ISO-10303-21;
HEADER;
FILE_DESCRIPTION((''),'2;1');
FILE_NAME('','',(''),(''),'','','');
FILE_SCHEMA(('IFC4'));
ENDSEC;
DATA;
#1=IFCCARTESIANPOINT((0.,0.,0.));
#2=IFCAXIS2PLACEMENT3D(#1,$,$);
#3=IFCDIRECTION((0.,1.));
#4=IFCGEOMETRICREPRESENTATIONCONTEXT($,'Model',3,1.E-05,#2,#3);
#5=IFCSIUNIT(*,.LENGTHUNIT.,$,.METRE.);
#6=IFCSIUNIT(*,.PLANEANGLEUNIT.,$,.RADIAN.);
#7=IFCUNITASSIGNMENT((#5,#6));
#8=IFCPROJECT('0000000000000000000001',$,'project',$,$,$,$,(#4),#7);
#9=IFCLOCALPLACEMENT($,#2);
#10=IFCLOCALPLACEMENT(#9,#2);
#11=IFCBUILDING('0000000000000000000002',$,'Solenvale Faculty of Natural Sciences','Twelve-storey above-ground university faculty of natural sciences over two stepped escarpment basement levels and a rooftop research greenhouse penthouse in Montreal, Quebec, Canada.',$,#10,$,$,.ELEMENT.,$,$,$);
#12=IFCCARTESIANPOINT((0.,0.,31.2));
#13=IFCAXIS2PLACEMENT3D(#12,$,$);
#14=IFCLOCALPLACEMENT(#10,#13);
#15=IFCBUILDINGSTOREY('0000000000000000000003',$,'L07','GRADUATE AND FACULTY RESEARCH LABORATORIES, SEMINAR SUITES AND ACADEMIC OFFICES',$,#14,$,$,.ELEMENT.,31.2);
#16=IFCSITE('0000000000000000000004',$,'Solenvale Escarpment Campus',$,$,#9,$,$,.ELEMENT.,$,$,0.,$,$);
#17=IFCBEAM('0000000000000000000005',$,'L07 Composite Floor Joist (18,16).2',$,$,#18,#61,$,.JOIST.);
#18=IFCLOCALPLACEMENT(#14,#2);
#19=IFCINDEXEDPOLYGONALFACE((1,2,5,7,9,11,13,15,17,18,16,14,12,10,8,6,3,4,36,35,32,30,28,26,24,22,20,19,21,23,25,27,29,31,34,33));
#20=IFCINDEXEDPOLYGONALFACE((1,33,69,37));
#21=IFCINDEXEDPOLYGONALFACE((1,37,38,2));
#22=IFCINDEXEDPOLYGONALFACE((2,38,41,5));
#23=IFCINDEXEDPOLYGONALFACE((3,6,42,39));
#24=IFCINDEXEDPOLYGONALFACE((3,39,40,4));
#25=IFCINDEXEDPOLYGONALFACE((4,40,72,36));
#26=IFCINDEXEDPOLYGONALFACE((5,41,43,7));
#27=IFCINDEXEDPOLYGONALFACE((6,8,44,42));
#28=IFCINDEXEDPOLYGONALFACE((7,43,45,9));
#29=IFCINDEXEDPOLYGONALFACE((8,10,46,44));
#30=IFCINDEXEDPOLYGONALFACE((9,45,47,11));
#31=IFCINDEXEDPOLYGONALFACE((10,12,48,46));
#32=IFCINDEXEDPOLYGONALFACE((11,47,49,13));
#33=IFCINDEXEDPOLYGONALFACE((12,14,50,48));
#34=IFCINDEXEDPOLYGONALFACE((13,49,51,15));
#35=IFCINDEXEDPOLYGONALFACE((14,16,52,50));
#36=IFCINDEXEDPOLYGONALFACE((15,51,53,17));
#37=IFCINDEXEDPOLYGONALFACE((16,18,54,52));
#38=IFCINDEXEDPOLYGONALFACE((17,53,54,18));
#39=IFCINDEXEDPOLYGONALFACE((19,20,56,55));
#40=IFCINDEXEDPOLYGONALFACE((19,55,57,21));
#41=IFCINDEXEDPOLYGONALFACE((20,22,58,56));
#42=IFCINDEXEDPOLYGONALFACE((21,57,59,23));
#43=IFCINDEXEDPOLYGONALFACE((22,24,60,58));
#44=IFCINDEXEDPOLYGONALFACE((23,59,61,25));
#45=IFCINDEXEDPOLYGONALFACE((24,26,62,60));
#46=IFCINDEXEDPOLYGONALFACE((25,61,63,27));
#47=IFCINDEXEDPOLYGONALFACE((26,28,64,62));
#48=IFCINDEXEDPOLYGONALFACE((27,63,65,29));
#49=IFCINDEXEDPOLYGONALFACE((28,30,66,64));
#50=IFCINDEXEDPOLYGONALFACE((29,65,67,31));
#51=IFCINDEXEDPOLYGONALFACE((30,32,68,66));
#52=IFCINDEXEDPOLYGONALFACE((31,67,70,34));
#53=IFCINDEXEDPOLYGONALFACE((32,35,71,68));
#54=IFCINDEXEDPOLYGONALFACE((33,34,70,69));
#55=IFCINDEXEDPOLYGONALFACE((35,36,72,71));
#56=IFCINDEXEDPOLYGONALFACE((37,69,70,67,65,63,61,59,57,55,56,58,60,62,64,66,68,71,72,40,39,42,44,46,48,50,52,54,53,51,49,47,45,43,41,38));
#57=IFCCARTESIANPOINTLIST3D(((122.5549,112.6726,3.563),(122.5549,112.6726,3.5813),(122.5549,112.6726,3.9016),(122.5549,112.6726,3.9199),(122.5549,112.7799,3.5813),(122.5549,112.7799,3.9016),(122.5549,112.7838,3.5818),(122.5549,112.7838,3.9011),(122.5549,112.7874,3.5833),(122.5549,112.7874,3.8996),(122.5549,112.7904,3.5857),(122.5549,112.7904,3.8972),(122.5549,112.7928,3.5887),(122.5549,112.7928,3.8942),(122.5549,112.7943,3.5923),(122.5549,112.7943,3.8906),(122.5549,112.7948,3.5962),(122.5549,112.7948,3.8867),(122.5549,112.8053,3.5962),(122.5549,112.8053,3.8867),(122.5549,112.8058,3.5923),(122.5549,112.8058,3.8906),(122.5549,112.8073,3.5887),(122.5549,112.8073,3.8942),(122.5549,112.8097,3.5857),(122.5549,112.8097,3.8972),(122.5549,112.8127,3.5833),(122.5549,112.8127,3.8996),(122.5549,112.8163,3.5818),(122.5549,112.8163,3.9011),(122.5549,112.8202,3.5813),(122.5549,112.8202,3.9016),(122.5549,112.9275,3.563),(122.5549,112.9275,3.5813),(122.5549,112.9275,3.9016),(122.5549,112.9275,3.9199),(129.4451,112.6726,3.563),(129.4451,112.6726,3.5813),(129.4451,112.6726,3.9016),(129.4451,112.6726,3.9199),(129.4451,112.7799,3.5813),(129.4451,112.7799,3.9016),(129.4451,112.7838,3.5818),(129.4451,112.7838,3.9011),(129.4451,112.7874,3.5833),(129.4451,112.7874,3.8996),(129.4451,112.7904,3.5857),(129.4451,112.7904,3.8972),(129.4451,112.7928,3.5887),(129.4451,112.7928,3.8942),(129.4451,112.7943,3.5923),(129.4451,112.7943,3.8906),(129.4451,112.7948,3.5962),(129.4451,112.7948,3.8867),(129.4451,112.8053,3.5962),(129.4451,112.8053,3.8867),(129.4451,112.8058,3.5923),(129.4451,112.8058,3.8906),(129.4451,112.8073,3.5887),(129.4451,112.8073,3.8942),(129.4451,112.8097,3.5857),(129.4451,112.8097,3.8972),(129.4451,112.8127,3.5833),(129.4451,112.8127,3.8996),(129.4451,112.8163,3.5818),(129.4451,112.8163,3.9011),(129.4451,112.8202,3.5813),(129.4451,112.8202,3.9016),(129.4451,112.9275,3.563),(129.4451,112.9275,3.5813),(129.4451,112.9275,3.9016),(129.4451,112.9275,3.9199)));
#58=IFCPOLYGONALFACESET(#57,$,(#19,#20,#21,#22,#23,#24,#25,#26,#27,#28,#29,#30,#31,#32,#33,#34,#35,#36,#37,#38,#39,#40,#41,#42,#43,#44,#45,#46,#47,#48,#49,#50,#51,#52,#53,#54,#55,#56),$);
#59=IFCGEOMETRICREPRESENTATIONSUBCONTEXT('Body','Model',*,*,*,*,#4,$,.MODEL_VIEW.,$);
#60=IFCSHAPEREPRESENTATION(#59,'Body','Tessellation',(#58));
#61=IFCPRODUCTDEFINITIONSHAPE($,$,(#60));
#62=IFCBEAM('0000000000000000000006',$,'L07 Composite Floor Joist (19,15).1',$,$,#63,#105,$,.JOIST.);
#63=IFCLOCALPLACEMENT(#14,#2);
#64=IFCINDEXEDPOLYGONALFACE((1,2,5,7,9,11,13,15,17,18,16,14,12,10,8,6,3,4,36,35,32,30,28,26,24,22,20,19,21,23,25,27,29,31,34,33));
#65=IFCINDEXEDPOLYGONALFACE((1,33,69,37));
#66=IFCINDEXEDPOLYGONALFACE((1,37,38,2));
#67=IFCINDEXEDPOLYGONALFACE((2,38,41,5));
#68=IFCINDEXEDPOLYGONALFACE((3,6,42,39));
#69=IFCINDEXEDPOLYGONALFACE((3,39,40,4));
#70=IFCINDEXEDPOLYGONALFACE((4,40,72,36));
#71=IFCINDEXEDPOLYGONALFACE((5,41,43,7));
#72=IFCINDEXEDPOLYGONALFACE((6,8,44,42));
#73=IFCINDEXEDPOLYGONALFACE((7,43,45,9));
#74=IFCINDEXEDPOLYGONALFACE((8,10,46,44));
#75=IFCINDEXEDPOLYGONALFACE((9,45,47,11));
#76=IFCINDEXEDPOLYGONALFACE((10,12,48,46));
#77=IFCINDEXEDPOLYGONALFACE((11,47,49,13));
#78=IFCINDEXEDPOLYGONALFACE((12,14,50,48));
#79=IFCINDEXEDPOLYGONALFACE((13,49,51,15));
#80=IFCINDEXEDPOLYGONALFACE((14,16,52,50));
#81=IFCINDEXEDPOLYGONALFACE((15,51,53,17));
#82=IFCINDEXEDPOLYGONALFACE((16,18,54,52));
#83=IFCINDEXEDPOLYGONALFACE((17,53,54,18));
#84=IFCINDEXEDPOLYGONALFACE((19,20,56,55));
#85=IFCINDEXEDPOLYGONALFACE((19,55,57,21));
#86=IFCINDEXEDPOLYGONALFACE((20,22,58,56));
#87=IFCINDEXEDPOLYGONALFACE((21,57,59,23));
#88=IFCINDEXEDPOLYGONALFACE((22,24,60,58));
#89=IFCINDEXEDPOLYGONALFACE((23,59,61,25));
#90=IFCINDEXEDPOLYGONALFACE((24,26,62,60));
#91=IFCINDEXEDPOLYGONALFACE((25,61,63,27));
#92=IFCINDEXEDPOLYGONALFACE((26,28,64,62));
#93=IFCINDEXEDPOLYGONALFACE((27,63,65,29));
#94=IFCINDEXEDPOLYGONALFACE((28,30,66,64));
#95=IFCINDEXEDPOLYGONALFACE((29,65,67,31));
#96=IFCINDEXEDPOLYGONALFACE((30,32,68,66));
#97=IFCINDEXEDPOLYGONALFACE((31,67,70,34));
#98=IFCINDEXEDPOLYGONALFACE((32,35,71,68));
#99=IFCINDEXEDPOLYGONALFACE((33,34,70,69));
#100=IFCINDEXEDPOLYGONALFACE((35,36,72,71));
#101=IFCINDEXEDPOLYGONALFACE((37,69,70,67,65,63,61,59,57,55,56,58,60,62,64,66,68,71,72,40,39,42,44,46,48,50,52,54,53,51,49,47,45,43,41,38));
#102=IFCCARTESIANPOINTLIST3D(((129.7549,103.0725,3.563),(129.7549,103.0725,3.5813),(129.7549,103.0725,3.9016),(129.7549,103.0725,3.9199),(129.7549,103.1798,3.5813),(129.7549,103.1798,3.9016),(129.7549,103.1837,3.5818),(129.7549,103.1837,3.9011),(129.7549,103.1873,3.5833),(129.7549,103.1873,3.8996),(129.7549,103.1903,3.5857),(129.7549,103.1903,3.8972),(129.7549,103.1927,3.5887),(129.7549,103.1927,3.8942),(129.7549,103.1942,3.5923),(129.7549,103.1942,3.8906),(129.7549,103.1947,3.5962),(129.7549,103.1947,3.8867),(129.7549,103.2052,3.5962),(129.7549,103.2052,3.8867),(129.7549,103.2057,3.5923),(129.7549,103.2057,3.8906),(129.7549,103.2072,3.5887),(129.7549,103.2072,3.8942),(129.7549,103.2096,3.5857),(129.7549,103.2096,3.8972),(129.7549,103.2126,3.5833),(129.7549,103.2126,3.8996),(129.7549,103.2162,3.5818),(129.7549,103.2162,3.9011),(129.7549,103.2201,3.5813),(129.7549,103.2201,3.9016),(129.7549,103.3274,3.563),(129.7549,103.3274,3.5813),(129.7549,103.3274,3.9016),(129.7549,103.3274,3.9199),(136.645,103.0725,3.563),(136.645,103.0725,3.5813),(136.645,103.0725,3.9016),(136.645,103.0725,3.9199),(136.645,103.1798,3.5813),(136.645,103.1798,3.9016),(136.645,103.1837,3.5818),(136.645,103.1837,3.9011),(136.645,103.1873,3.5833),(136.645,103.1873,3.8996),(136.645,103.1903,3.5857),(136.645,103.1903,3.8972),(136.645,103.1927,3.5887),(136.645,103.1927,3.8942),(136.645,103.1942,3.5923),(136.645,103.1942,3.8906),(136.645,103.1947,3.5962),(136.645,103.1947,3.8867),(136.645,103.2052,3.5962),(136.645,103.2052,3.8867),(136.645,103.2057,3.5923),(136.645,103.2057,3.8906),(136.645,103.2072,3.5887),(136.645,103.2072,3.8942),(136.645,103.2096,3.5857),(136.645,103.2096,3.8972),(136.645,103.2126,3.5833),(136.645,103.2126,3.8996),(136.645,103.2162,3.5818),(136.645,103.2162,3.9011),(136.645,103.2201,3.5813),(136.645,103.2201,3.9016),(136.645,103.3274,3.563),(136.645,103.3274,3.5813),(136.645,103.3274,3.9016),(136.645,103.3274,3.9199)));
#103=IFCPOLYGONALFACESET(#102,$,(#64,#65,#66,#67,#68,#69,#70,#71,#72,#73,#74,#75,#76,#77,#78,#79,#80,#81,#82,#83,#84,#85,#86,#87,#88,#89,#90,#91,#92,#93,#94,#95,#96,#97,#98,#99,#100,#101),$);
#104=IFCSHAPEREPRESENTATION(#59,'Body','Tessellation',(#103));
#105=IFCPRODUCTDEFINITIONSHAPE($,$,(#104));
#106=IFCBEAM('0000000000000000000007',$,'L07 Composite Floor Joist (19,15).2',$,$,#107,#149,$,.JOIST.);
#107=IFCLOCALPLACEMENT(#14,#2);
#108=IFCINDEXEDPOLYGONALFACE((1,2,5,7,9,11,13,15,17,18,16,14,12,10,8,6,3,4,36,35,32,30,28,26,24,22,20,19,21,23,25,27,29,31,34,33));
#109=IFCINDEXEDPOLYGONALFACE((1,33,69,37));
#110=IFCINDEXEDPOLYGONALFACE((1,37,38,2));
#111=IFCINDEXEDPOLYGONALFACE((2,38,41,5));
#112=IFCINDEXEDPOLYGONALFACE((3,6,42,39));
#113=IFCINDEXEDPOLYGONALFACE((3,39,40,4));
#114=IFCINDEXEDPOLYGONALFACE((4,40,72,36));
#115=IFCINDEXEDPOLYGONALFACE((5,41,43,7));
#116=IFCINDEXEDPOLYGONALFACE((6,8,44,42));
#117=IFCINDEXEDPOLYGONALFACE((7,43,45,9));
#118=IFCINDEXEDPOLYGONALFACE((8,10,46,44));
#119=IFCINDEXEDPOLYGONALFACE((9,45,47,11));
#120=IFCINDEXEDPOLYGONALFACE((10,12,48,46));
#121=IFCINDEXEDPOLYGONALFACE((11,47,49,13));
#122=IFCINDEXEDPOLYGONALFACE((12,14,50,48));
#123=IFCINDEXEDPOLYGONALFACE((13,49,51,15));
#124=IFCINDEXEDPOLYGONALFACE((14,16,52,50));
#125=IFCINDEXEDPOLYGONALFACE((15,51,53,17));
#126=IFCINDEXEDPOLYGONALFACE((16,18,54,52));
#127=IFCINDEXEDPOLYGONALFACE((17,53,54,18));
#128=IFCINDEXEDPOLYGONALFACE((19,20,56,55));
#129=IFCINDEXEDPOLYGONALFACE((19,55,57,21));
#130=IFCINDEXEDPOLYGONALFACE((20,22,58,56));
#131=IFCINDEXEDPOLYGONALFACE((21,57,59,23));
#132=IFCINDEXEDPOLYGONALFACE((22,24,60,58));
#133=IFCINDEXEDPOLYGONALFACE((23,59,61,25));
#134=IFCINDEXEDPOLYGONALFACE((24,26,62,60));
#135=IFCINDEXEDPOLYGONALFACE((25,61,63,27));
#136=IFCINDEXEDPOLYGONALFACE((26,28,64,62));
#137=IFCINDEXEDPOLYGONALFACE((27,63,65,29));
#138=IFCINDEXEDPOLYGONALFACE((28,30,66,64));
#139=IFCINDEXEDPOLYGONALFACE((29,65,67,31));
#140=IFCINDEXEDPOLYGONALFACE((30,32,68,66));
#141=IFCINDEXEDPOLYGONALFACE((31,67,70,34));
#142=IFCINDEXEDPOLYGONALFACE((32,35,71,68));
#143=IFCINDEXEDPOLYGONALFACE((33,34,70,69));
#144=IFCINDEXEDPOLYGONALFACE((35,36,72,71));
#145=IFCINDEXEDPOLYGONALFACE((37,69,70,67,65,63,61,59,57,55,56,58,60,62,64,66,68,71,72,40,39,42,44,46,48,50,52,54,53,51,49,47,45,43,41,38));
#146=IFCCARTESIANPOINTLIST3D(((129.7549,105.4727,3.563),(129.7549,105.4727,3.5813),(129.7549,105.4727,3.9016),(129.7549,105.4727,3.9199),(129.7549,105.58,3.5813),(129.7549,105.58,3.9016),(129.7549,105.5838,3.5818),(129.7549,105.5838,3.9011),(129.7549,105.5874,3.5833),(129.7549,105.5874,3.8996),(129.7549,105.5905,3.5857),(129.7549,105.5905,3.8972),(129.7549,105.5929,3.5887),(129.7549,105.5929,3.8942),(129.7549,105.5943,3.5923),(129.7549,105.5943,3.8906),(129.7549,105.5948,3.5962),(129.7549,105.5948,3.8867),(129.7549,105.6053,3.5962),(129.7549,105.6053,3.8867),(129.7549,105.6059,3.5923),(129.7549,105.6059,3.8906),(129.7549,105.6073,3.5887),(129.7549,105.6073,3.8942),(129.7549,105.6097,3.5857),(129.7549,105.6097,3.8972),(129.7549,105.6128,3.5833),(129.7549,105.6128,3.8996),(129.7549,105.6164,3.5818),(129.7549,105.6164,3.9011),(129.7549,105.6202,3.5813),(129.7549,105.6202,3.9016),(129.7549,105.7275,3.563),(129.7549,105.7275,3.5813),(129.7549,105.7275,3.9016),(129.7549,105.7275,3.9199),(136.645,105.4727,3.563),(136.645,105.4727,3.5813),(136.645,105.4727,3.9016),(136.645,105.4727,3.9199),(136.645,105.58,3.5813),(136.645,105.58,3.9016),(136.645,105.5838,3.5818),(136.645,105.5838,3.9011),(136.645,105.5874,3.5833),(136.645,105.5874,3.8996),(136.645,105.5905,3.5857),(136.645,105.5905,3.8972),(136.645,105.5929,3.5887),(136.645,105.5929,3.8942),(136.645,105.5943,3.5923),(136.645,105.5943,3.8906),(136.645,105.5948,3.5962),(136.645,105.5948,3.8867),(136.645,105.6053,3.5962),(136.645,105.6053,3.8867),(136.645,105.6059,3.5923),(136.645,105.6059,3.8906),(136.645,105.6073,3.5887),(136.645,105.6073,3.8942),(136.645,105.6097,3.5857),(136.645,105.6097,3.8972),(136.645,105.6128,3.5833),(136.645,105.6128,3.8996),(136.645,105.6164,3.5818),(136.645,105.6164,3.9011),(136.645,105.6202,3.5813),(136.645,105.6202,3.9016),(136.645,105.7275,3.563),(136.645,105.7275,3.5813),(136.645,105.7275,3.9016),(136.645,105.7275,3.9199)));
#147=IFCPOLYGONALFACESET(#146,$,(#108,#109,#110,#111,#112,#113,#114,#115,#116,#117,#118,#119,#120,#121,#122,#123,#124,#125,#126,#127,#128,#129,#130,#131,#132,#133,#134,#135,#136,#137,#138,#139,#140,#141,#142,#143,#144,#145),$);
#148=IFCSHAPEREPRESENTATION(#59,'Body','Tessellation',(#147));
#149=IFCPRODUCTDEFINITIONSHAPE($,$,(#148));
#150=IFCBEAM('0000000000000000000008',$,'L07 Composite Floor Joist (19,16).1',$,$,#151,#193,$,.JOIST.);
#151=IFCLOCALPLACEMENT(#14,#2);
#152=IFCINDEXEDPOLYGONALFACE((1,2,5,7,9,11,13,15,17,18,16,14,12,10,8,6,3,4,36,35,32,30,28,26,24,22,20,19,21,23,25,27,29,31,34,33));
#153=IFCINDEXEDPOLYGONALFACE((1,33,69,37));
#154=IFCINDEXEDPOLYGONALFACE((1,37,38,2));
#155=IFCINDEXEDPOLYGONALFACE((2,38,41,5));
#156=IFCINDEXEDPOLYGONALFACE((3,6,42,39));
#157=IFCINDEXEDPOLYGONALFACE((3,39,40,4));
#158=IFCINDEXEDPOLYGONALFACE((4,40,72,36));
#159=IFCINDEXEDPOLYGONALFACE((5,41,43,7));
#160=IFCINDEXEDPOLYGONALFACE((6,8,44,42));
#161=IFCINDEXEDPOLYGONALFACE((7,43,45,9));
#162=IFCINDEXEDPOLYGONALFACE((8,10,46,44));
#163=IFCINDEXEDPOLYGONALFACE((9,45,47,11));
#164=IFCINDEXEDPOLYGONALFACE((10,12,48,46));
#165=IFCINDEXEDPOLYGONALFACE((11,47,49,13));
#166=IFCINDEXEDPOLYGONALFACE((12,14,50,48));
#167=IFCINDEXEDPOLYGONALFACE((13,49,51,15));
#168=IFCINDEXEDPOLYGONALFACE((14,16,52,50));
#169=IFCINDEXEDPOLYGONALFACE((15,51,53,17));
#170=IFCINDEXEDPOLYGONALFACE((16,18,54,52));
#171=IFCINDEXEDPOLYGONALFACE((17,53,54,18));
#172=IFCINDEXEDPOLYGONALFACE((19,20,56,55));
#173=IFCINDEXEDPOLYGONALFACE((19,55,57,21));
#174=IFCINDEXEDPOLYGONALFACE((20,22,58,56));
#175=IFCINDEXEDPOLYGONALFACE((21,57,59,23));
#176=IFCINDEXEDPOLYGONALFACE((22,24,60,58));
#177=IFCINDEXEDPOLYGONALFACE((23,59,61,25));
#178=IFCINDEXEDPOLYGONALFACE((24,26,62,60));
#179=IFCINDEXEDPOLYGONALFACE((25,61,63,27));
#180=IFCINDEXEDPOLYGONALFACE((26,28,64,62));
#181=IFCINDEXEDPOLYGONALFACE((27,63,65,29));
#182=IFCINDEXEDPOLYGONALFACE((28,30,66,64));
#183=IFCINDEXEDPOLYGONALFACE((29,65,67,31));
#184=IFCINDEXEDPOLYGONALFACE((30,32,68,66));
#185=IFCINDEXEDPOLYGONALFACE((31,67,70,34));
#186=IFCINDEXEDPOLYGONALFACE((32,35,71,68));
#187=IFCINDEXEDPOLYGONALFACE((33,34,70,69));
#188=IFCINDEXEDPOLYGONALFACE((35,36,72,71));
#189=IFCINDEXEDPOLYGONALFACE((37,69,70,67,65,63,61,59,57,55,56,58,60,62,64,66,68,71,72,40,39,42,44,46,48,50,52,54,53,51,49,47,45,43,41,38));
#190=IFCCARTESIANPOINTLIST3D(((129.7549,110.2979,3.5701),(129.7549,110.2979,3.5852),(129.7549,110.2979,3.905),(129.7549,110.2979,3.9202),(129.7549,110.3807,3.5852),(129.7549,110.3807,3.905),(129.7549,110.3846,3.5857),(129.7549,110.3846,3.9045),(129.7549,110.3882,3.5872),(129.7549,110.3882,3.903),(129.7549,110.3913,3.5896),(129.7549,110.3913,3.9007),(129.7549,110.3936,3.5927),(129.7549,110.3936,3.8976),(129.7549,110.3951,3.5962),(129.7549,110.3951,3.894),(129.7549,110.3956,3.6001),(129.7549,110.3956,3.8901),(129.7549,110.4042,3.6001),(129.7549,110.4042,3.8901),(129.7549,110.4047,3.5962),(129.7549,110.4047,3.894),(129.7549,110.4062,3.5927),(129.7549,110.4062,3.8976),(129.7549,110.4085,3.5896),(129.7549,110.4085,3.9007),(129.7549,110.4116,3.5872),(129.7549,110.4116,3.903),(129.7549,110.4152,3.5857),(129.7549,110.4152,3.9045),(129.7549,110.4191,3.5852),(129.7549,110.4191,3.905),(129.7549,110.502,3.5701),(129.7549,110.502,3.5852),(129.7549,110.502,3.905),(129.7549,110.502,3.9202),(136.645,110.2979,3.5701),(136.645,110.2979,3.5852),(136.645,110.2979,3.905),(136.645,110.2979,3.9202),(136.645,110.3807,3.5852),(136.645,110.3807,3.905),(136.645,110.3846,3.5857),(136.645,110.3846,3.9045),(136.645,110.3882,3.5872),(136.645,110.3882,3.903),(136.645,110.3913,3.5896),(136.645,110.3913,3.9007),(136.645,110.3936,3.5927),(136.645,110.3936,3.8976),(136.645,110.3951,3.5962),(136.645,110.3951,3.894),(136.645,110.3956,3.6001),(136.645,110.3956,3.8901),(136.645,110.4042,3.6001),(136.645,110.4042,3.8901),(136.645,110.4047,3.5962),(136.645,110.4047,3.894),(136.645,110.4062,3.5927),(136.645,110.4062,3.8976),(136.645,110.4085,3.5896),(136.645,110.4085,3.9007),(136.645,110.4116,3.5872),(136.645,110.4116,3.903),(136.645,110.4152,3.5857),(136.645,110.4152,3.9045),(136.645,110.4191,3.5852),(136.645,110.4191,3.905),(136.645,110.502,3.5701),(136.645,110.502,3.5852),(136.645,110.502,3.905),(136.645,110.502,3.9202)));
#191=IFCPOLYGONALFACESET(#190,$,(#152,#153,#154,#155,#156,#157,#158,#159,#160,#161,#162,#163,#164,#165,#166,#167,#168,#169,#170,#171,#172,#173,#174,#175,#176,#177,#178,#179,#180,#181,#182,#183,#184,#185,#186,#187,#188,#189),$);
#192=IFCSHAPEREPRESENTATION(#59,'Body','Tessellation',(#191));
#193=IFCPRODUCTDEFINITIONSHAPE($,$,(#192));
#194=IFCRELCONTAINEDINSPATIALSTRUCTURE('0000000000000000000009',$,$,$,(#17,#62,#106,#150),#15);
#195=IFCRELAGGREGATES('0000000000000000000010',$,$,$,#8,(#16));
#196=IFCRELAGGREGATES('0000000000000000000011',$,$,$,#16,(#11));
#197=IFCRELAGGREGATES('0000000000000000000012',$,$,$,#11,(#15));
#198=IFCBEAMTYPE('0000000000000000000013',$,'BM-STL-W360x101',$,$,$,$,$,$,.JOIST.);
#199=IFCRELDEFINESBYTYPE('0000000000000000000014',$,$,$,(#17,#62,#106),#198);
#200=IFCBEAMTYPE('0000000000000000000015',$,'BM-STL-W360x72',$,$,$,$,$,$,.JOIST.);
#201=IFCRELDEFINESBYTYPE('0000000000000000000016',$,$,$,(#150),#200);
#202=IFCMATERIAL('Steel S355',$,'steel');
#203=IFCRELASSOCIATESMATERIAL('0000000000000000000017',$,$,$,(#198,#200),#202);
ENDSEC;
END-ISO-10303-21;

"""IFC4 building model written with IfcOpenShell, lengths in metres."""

from ifc_helpers import new_model, si_unit, direction, frame, origin, origin_2d, place, context, subcontext, project, spatial, i_section, extrude, material, material_profile, profile_set, type_object, element, save


model = new_model("IFC4")

# Units and contexts
model_context = context("Model", 3, precision=1e-05, world=origin(), true_north=direction((0.0, 1.0)))
body_context = subcontext(model_context, "Body", "Model", "MODEL_VIEW")
ifc_project = project(units=[si_unit("LENGTHUNIT", "METRE"), si_unit("PLANEANGLEUNIT", "RADIAN")], contexts=[model_context])

# Site, building, storey
site_placement = place(None, origin())
site = spatial("IfcSite", under=ifc_project, at=site_placement, Name="Solenvale Escarpment Campus", CompositionType="ELEMENT", RefElevation=0.0)
building_placement = place(site_placement, origin())
building = spatial("IfcBuilding", under=site, at=building_placement, Name="Solenvale Faculty of Natural Sciences", Description="Twelve-storey above-ground university faculty of natural sciences over two stepped escarpment basement levels and a rooftop research greenhouse penthouse in Montreal, Quebec, Canada.", CompositionType="ELEMENT")
storey_placement = place(building_placement, frame((0.0, 0.0, 31.2)))
storey = spatial("IfcBuildingStorey", under=building, at=storey_placement, Name="L07", Description="GRADUATE AND FACULTY RESEARCH LABORATORIES, SEMINAR SUITES AND ACADEMIC OFFICES", CompositionType="ELEMENT", Elevation=31.2)

# Beams
ifc_material_1 = material(Name="Steel S355", Category="steel")
ifc_material_profile_1 = material_profile(ifc_material_1, i_section(OverallWidth=0.2549, OverallDepth=0.3569, WebThickness=0.0105, FlangeThickness=0.0183, FilletRadius=0.0149, at=origin_2d()), Name="W360x101")
ifc_profile_set_1 = profile_set([ifc_material_profile_1], Name="Steel S355")
beam_type_1 = type_object("IfcBeamType", Name="BM-STL-W360x101", PredefinedType="JOIST", material=ifc_profile_set_1)
for number, where, z_axis, x_axis, name in (
    (1, (122.5549, 112.8, 3.7415), (1.0, 0.0, 0.0), (0.0, 1.0, 0.0), "L07 Composite Floor Joist (18,16).2"),
    (2, (129.7549, 103.2, 3.7415), (1.0, 0.0, 0.0), (0.0, 1.0, 0.0), "L07 Composite Floor Joist (19,15).1"),
    (3, (129.7549, 105.6001, 3.7415), (1.0, 0.0, 0.0), (0.0, 1.0, 0.0), "L07 Composite Floor Joist (19,15).2"),
):
    element("IfcBeam", number, at=place(storey_placement, frame(where, z_axis=z_axis, x_axis=x_axis)), inside=storey, type_object=beam_type_1, Name=name, PredefinedType="JOIST", context=body_context, shape_type="SweptSolid", body=[
        extrude(i_section(OverallWidth=0.2549, OverallDepth=0.3569, WebThickness=0.0105, FlangeThickness=0.0183, FilletRadius=0.0149, at=origin_2d()), origin(), (0.0, 0.0, 1.0), 6.8901),
    ])
ifc_material_profile_2 = material_profile(ifc_material_1, i_section(OverallWidth=0.2041, OverallDepth=0.3501, WebThickness=0.0085, FlangeThickness=0.0151, FilletRadius=0.0149, at=origin_2d()), Name="W360x72")
ifc_profile_set_2 = profile_set([ifc_material_profile_2], Name="Steel S355")
beam_type_2 = type_object("IfcBeamType", Name="BM-STL-W360x72", PredefinedType="JOIST", material=ifc_profile_set_2)
for number, where, z_axis, x_axis, name in (
    (4, (129.7549, 110.3999, 3.7451), (1.0, 0.0, 0.0), (0.0, 1.0, 0.0), "L07 Composite Floor Joist (19,16).1"),
):
    element("IfcBeam", number, at=place(storey_placement, frame(where, z_axis=z_axis, x_axis=x_axis)), inside=storey, type_object=beam_type_2, Name=name, PredefinedType="JOIST", context=body_context, shape_type="SweptSolid", body=[
        extrude(i_section(OverallWidth=0.2041, OverallDepth=0.3501, WebThickness=0.0085, FlangeThickness=0.0151, FilletRadius=0.0149, at=origin_2d()), origin(), (0.0, 0.0, 1.0), 6.8901),
    ])

save(model, "model.ifc")
